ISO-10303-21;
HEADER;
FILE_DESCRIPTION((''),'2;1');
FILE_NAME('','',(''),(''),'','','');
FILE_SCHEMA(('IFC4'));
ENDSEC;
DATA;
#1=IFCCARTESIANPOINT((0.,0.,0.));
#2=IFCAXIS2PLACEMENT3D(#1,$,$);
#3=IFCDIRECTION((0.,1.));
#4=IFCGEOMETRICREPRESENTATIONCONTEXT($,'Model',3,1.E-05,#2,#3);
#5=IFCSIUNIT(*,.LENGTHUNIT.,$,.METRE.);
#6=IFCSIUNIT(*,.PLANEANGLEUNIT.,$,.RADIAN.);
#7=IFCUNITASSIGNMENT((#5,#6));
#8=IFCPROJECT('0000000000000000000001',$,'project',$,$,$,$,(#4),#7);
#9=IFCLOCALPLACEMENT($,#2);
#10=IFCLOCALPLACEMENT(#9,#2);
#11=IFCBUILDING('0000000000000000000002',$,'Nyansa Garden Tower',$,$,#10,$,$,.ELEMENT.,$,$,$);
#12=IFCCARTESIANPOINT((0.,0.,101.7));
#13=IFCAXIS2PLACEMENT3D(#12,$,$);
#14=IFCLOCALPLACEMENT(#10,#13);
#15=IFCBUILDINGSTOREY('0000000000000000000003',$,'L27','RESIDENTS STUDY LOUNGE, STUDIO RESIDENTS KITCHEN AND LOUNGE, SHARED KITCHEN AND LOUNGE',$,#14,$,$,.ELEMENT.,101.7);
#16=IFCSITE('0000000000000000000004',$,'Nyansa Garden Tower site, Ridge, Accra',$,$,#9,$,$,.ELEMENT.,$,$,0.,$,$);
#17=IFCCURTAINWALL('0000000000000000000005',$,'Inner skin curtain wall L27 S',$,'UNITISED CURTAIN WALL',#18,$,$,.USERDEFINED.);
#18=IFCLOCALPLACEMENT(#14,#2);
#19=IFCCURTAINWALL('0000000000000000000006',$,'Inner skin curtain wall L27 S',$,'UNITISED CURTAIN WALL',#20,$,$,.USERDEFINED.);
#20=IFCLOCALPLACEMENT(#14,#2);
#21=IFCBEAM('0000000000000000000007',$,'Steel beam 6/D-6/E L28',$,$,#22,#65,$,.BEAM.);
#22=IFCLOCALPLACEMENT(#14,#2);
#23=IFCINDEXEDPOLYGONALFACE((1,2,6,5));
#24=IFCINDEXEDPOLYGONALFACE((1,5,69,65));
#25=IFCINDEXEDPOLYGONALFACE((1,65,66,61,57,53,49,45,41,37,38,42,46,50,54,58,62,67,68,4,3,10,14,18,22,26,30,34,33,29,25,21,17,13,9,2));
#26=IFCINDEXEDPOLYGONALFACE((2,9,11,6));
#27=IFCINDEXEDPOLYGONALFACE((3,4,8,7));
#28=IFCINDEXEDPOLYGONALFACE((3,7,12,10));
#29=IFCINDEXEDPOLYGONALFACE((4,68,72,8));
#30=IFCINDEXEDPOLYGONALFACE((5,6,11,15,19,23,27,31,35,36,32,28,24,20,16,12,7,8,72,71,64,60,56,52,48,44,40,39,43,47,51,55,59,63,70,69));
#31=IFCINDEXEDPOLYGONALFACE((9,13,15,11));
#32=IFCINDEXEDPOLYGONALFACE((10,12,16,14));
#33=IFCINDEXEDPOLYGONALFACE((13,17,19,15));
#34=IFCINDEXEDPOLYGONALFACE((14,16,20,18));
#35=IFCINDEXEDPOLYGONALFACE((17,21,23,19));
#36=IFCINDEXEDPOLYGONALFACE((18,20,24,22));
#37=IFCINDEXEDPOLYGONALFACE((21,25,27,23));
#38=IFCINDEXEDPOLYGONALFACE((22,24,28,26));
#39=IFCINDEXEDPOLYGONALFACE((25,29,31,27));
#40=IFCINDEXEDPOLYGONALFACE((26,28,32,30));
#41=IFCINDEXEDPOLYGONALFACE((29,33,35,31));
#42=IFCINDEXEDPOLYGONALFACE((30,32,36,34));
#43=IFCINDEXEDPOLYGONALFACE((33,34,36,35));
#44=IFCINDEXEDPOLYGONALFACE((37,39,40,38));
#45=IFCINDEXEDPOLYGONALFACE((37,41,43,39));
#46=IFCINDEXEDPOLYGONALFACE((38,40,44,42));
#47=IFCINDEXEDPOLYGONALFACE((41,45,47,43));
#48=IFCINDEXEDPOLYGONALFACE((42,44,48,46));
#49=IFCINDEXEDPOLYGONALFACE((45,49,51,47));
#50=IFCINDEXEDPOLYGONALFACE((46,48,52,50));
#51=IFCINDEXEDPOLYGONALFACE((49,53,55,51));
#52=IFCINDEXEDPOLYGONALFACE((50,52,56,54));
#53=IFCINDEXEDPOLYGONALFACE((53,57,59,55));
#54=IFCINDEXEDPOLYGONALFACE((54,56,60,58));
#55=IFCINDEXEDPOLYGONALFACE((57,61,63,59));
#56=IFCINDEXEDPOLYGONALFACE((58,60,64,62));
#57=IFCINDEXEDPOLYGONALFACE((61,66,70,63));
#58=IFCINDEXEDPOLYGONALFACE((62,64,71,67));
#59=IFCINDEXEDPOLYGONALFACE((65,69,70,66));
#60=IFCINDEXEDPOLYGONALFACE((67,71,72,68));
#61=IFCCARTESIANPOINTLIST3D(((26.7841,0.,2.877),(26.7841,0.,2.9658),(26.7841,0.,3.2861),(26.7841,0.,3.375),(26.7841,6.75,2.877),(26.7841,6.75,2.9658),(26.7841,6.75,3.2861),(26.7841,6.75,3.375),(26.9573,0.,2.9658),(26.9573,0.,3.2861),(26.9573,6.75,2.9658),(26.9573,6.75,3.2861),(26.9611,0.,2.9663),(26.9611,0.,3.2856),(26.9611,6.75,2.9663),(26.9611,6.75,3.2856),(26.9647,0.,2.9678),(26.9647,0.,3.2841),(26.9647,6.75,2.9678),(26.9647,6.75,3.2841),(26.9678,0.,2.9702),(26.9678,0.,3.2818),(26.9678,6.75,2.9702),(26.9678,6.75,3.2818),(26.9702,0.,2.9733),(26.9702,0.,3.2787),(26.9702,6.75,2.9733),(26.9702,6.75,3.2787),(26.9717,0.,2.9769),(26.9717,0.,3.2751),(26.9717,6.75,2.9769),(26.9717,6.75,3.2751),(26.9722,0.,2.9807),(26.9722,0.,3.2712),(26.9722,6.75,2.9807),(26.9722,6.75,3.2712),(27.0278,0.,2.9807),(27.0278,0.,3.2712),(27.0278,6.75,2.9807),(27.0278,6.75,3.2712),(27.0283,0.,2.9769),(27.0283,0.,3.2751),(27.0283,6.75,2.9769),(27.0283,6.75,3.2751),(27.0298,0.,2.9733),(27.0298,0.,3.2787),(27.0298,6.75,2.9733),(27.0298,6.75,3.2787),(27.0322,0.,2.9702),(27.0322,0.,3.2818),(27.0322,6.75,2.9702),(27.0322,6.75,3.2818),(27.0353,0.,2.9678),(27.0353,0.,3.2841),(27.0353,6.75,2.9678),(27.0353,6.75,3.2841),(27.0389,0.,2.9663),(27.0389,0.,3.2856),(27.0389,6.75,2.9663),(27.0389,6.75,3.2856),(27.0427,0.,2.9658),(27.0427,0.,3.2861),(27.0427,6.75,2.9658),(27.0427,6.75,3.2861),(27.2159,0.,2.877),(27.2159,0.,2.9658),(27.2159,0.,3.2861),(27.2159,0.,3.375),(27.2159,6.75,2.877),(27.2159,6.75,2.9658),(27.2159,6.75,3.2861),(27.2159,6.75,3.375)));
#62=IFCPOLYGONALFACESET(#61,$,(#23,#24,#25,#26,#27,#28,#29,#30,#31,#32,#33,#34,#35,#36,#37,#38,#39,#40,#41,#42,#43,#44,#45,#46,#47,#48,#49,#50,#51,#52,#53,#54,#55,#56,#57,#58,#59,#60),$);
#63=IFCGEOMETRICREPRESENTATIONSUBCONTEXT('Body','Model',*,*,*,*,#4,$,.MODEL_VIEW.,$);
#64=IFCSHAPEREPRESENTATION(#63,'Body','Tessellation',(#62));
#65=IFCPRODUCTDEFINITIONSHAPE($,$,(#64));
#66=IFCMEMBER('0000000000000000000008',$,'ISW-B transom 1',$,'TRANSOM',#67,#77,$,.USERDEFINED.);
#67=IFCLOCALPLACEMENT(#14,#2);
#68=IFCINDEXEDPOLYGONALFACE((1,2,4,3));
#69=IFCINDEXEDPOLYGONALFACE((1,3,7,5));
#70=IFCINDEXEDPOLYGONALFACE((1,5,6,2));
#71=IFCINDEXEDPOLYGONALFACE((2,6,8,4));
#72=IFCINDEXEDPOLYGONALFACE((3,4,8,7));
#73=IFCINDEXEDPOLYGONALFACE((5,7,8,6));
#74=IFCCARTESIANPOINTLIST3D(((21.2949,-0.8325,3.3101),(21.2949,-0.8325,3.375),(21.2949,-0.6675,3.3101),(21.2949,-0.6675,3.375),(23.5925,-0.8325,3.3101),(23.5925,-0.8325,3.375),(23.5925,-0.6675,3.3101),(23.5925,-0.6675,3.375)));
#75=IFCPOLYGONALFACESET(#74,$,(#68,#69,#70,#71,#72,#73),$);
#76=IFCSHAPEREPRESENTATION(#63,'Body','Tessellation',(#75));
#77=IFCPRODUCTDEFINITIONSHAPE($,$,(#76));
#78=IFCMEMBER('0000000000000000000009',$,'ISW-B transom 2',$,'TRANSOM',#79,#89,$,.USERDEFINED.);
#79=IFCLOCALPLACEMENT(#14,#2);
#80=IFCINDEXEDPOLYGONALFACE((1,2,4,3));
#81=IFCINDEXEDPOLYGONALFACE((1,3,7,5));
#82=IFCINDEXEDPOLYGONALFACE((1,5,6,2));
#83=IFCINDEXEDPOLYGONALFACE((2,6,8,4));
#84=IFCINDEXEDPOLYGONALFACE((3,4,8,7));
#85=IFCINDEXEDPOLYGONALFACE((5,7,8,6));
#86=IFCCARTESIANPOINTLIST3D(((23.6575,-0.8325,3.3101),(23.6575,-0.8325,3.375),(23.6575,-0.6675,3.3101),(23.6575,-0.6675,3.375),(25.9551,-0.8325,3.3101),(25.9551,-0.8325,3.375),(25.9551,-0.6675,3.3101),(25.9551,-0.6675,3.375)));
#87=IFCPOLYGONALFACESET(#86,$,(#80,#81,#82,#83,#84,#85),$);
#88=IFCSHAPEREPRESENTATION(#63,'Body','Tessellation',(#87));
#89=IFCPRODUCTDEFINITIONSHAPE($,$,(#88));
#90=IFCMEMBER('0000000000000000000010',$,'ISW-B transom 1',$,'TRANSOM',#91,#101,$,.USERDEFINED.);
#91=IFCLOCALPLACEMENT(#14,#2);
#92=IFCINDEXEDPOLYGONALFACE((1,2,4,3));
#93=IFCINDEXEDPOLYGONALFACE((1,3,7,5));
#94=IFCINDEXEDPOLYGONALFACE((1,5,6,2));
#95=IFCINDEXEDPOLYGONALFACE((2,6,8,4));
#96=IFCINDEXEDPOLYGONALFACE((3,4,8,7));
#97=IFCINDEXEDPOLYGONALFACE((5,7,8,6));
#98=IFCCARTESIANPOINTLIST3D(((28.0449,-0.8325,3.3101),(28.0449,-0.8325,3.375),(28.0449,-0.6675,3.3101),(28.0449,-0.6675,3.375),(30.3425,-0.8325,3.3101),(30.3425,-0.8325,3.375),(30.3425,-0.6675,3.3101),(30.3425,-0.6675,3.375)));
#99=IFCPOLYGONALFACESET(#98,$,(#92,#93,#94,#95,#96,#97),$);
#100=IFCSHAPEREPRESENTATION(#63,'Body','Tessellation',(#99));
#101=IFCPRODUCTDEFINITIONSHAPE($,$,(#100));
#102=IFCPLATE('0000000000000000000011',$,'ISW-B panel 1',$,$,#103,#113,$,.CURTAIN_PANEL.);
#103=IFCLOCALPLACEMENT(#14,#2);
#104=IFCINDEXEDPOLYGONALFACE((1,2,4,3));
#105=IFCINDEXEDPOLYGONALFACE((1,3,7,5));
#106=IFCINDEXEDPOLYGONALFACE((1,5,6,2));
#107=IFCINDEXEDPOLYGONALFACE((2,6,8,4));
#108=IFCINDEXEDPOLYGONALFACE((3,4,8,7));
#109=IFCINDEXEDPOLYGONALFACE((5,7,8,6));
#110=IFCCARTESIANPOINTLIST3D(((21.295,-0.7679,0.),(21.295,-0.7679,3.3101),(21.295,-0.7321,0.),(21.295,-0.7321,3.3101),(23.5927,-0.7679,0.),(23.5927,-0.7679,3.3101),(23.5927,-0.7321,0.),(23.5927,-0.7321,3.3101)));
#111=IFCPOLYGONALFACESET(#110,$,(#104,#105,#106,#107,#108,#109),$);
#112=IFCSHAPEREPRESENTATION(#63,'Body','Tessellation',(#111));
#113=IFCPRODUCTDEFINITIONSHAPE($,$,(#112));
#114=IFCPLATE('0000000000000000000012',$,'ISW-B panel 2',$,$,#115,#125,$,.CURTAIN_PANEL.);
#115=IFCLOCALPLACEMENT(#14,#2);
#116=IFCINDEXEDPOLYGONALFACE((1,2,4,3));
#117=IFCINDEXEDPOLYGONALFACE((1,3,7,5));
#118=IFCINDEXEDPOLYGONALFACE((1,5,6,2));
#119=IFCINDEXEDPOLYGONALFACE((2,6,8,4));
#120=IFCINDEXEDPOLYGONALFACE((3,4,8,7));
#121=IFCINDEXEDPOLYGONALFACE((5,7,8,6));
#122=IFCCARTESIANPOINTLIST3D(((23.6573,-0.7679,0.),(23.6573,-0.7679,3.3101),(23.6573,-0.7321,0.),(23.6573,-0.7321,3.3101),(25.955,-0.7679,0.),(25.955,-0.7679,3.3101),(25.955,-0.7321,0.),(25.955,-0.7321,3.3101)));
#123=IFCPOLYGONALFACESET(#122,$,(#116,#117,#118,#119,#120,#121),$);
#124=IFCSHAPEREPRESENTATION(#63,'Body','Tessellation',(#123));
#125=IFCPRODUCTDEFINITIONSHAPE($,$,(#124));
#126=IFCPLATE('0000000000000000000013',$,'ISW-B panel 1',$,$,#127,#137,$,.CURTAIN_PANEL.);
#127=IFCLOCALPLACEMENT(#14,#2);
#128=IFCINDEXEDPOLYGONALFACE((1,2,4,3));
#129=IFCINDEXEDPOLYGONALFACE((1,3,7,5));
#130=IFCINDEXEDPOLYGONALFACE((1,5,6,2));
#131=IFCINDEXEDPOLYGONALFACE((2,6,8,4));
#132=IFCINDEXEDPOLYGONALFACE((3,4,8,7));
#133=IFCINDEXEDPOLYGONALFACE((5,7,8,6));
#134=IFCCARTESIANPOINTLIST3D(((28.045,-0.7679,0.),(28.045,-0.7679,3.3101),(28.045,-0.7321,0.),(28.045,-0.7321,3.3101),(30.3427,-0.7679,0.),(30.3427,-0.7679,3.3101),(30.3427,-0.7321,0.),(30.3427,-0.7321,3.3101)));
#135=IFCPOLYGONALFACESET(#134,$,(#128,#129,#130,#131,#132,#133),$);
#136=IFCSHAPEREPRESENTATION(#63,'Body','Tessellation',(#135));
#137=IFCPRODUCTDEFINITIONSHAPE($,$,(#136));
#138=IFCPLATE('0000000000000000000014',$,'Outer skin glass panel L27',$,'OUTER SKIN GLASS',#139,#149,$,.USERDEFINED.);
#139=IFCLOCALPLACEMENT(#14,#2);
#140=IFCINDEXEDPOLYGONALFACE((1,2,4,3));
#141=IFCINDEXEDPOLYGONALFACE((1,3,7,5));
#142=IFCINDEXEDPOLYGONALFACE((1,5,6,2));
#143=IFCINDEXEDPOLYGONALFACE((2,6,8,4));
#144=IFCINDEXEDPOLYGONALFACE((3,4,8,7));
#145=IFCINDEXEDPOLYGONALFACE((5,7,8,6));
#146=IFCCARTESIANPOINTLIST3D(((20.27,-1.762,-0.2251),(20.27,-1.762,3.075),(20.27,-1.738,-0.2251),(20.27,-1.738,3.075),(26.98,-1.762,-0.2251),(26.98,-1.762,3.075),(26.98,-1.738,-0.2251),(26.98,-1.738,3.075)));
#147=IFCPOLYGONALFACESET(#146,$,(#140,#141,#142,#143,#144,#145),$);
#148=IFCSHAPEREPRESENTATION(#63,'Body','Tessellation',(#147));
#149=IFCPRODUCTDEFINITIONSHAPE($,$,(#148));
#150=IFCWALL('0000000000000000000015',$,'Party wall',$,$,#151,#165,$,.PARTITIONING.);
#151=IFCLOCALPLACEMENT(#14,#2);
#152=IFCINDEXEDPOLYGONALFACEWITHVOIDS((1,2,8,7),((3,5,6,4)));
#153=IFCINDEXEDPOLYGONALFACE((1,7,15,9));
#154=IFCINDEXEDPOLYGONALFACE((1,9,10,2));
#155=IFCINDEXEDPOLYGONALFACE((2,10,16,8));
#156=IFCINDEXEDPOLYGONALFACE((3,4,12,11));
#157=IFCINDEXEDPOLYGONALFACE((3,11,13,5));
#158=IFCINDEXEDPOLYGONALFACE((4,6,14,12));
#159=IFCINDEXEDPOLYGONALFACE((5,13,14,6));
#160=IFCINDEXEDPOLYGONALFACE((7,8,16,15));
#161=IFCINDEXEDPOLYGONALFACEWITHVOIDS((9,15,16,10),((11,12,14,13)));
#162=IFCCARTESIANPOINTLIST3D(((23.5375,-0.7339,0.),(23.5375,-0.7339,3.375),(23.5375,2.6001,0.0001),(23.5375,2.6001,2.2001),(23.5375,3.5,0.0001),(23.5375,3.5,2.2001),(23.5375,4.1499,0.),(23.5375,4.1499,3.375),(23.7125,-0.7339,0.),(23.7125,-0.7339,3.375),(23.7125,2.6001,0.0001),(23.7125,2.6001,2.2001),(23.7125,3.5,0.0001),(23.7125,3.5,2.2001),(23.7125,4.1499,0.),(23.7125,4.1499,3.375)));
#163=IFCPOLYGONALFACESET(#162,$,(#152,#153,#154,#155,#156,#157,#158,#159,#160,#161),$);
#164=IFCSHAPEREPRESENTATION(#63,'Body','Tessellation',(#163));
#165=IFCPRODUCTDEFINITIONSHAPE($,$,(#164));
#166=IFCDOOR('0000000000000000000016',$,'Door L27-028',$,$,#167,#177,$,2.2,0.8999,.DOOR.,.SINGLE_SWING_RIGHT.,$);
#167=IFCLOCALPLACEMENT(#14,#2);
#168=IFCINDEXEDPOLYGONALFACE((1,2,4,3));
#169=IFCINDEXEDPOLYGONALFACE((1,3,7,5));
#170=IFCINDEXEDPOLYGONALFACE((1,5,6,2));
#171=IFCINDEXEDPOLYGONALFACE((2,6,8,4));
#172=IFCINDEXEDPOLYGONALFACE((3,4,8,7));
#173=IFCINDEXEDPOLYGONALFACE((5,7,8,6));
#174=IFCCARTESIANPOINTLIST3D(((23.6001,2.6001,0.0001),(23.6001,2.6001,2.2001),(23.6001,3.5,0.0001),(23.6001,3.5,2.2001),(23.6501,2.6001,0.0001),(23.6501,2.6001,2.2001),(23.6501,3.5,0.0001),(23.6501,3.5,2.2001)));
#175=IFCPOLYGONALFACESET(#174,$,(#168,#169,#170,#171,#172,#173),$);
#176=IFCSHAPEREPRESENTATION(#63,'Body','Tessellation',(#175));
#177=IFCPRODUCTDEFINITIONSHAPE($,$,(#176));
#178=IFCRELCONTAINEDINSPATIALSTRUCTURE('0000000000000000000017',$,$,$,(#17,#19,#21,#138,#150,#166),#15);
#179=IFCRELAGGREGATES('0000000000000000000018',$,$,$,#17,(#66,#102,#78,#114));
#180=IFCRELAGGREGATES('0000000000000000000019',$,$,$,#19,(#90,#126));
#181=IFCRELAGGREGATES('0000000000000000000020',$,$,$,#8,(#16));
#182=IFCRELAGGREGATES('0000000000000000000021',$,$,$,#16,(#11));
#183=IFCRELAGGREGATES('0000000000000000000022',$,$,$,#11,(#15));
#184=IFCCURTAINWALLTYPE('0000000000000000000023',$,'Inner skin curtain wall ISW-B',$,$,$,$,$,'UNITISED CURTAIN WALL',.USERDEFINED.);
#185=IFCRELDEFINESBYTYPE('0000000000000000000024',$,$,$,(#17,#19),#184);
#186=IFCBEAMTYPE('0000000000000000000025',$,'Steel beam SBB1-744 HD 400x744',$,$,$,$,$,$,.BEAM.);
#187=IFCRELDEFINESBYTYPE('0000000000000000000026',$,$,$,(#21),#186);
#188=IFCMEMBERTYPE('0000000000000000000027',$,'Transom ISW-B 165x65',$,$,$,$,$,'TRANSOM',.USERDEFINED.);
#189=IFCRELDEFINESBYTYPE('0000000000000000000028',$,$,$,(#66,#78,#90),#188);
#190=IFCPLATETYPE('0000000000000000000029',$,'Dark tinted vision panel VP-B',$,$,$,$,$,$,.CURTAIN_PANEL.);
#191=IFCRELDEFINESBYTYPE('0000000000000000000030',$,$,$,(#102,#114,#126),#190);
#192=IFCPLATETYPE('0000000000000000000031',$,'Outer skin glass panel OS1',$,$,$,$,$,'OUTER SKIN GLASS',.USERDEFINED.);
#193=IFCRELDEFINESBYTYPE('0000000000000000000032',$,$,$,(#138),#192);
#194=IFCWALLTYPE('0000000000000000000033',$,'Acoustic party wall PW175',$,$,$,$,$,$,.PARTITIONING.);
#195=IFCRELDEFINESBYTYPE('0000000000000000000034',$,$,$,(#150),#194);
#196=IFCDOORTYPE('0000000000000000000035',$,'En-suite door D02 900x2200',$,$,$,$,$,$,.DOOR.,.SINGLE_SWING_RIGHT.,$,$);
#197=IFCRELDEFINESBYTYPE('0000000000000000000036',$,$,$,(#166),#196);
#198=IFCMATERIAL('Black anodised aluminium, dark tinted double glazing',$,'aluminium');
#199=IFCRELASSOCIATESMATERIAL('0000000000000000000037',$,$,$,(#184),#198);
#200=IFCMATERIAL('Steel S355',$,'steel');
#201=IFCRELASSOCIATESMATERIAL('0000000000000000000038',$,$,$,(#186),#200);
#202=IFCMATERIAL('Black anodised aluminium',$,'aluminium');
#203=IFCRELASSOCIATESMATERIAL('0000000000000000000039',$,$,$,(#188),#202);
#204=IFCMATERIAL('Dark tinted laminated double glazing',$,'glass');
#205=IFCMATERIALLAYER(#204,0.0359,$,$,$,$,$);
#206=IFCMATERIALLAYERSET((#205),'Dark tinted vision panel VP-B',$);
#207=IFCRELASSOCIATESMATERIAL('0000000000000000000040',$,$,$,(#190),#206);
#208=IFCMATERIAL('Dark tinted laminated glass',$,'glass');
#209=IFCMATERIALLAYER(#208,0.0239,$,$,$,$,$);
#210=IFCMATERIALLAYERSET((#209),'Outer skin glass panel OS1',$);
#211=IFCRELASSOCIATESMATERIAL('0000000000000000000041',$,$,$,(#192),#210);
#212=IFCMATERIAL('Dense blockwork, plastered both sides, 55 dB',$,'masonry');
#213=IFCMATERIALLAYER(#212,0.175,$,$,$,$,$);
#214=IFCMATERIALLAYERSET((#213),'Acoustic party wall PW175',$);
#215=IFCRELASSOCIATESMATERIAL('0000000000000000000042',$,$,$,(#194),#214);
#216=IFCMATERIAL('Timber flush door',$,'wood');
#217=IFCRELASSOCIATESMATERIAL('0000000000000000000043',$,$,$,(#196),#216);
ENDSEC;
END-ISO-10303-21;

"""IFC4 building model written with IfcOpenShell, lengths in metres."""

from ifc_helpers import new_model, si_unit, direction, frame, frame_2d, origin, origin_2d, place, context, subcontext, project, spatial, rectangle, i_section, extrude, material, layer, layer_set, material_profile, profile_set, type_object, element, fill, aggregate, save


model = new_model("IFC4")

# Units and contexts
model_context = context("Model", 3, precision=1e-05, world=origin(), true_north=direction((0.0, 1.0)))
body_context = subcontext(model_context, "Body", "Model", "MODEL_VIEW")
ifc_project = project(units=[si_unit("LENGTHUNIT", "METRE"), si_unit("PLANEANGLEUNIT", "RADIAN")], contexts=[model_context])

# Site, building, storey
site_placement = place(None, origin())
site = spatial("IfcSite", under=ifc_project, at=site_placement, Name="Nyansa Garden Tower site, Ridge, Accra", CompositionType="ELEMENT", RefElevation=0.0)
building_placement = place(site_placement, origin())
building = spatial("IfcBuilding", under=site, at=building_placement, Name="Nyansa Garden Tower", CompositionType="ELEMENT")
storey_placement = place(building_placement, frame((0.0, 0.0, 101.7)))
storey = spatial("IfcBuildingStorey", under=building, at=storey_placement, Name="L27", Description="RESIDENTS STUDY LOUNGE, STUDIO RESIDENTS KITCHEN AND LOUNGE, SHARED KITCHEN AND LOUNGE", CompositionType="ELEMENT", Elevation=101.7)

# Curtain walls
ifc_material_1 = material(Name="Black anodised aluminium, dark tinted double glazing", Category="aluminium")
curtain_wall_type = type_object("IfcCurtainWallType", Name="Inner skin curtain wall ISW-B", ElementType="UNITISED CURTAIN WALL", PredefinedType="USERDEFINED", material=ifc_material_1)
curtain_wall_1_placement = place(storey_placement, origin())
curtain_wall_1 = element("IfcCurtainWall", 1, at=curtain_wall_1_placement, inside=storey, type_object=curtain_wall_type, Name="Inner skin curtain wall L27 S", ObjectType="UNITISED CURTAIN WALL", PredefinedType="USERDEFINED")
curtain_wall_2_placement = place(storey_placement, origin())
curtain_wall_2 = element("IfcCurtainWall", 2, at=curtain_wall_2_placement, inside=storey, type_object=curtain_wall_type, Name="Inner skin curtain wall L27 S", ObjectType="UNITISED CURTAIN WALL", PredefinedType="USERDEFINED")

# Beam
ifc_material_2 = material(Name="Steel S355", Category="steel")
ifc_material_profile_1 = material_profile(ifc_material_2, i_section(OverallWidth=0.4319, OverallDepth=0.498, WebThickness=0.0557, FlangeThickness=0.0889, FilletRadius=0.0149, at=origin_2d()), Name="HD 400x744")
ifc_profile_set_1 = profile_set([ifc_material_profile_1], Name="Steel S355")
beam_type_1 = type_object("IfcBeamType", Name="Steel beam SBB1-744 HD 400x744", PredefinedType="BEAM", material=ifc_profile_set_1)
beam_1_placement = place(storey_placement, frame((27.0, 0.0, 3.126), z_axis=(0.0, 1.0, 0.0), x_axis=(-1.0, 0.0, 0.0)))
element("IfcBeam", 3, at=beam_1_placement, inside=storey, type_object=beam_type_1, Name="Steel beam 6/D-6/E L28", PredefinedType="BEAM", context=body_context, shape_type="SweptSolid", body=[
    extrude(i_section(OverallWidth=0.4319, OverallDepth=0.498, WebThickness=0.0557, FlangeThickness=0.0889, FilletRadius=0.0149, at=origin_2d()), origin(), (0.0, 0.0, 1.0), 6.75),
])

# Members
ifc_material_3 = material(Name="Black anodised aluminium", Category="aluminium")
ifc_material_profile_2 = material_profile(ifc_material_3, rectangle(XDim=0.165, YDim=0.0649, at=origin_2d()), Name="Transom 165x65")
ifc_profile_set_2 = profile_set([ifc_material_profile_2], Name="Black anodised aluminium")
member_type_1 = type_object("IfcMemberType", Name="Transom ISW-B 165x65", ElementType="TRANSOM", PredefinedType="USERDEFINED", material=ifc_profile_set_2)
member_1_placement = place(storey_placement, frame((21.2949, -0.75, 3.3425), z_axis=(1.0, 0.0, 0.0), x_axis=(0.0, 1.0, 0.0)))
member_1 = element("IfcMember", 4, at=member_1_placement, type_object=member_type_1, Name="ISW-B transom 1", ObjectType="TRANSOM", PredefinedType="USERDEFINED", context=body_context, shape_type="SweptSolid", body=[
    extrude(rectangle(XDim=0.165, YDim=0.0649, at=origin_2d()), origin(), (0.0, 0.0, 1.0), 2.2976),
])
member_2_placement = place(storey_placement, frame((23.6575, -0.75, 3.3425), z_axis=(1.0, 0.0, 0.0), x_axis=(0.0, 1.0, 0.0)))
member_2 = element("IfcMember", 5, at=member_2_placement, type_object=member_type_1, Name="ISW-B transom 2", ObjectType="TRANSOM", PredefinedType="USERDEFINED", context=body_context, shape_type="SweptSolid", body=[
    extrude(rectangle(XDim=0.165, YDim=0.0649, at=origin_2d()), origin(), (0.0, 0.0, 1.0), 2.2976),
])
member_3_placement = place(storey_placement, frame((28.0449, -0.75, 3.3425), z_axis=(1.0, 0.0, 0.0), x_axis=(0.0, 1.0, 0.0)))
member_3 = element("IfcMember", 6, at=member_3_placement, type_object=member_type_1, Name="ISW-B transom 1", ObjectType="TRANSOM", PredefinedType="USERDEFINED", context=body_context, shape_type="SweptSolid", body=[
    extrude(rectangle(XDim=0.165, YDim=0.0649, at=origin_2d()), origin(), (0.0, 0.0, 1.0), 2.2976),
])

# Plates
ifc_material_4 = material(Name="Dark tinted laminated double glazing", Category="glass")
ifc_layer_1 = layer(ifc_material_4, 0.0359)
ifc_layer_set_1 = layer_set([ifc_layer_1], Name="Dark tinted vision panel VP-B")
plate_type_1 = type_object("IfcPlateType", Name="Dark tinted vision panel VP-B", PredefinedType="CURTAIN_PANEL", material=ifc_layer_set_1)
plate_1_placement = place(storey_placement, frame((22.4438, -0.75, 0.0), z_axis=(0.0, 0.0, 1.0), x_axis=(1.0, 0.0, 0.0)))
plate_1 = element("IfcPlate", 7, at=plate_1_placement, type_object=plate_type_1, Name="ISW-B panel 1", PredefinedType="CURTAIN_PANEL", context=body_context, shape_type="SweptSolid", body=[
    extrude(rectangle(XDim=2.2976, YDim=0.0359, at=origin_2d()), origin(), (0.0, 0.0, 1.0), 3.3101),
])
plate_2_placement = place(storey_placement, frame((24.8062, -0.75, 0.0), z_axis=(0.0, 0.0, 1.0), x_axis=(1.0, 0.0, 0.0)))
plate_2 = element("IfcPlate", 8, at=plate_2_placement, type_object=plate_type_1, Name="ISW-B panel 2", PredefinedType="CURTAIN_PANEL", context=body_context, shape_type="SweptSolid", body=[
    extrude(rectangle(XDim=2.2976, YDim=0.0359, at=origin_2d()), origin(), (0.0, 0.0, 1.0), 3.3101),
])
aggregate(curtain_wall_1, [member_1, plate_1, member_2, plate_2])
plate_3_placement = place(storey_placement, frame((29.1938, -0.75, 0.0), z_axis=(0.0, 0.0, 1.0), x_axis=(1.0, 0.0, 0.0)))
plate_3 = element("IfcPlate", 9, at=plate_3_placement, type_object=plate_type_1, Name="ISW-B panel 1", PredefinedType="CURTAIN_PANEL", context=body_context, shape_type="SweptSolid", body=[
    extrude(rectangle(XDim=2.2976, YDim=0.0359, at=origin_2d()), origin(), (0.0, 0.0, 1.0), 3.3101),
])
aggregate(curtain_wall_2, [member_3, plate_3])
ifc_material_5 = material(Name="Dark tinted laminated glass", Category="glass")
ifc_layer_2 = layer(ifc_material_5, 0.0239)
ifc_layer_set_2 = layer_set([ifc_layer_2], Name="Outer skin glass panel OS1")
plate_type_2 = type_object("IfcPlateType", Name="Outer skin glass panel OS1", ElementType="OUTER SKIN GLASS", PredefinedType="USERDEFINED", material=ifc_layer_set_2)
plate_4_placement = place(storey_placement, frame((23.625, -1.75, -0.2251), z_axis=(0.0, 0.0, 1.0), x_axis=(1.0, 0.0, 0.0)))
element("IfcPlate", 10, at=plate_4_placement, inside=storey, type_object=plate_type_2, Name="Outer skin glass panel L27", ObjectType="OUTER SKIN GLASS", PredefinedType="USERDEFINED", context=body_context, shape_type="SweptSolid", body=[
    extrude(rectangle(XDim=6.71, YDim=0.0239, at=origin_2d()), origin(), (0.0, 0.0, 1.0), 3.3),
])

# Wall, opening, door
ifc_material_6 = material(Name="Dense blockwork, plastered both sides, 55 dB", Category="masonry")
ifc_layer_3 = layer(ifc_material_6, 0.175)
ifc_layer_set_3 = layer_set([ifc_layer_3], Name="Acoustic party wall PW175")
wall_type_1 = type_object("IfcWallType", Name="Acoustic party wall PW175", PredefinedType="PARTITIONING", material=ifc_layer_set_3)
wall_1_placement = place(storey_placement, frame((23.625, -0.7339, 0.0), z_axis=(0.0, 0.0, 1.0), x_axis=(0.0, 1.0, 0.0)))
wall_1 = element("IfcWall", 11, at=wall_1_placement, inside=storey, type_object=wall_type_1, Name="Party wall", PredefinedType="PARTITIONING", context=body_context, shape_type="SweptSolid", body=[
    extrude(rectangle(XDim=4.8838, YDim=0.175, at=frame_2d((2.4419, 0.0))), origin(), (0.0, 0.0, 1.0), 3.375),
])
opening_1_placement = place(wall_1_placement, frame((3.334, 0.0, 0.0)))
opening_1 = element("IfcOpeningElement", 12, at=opening_1_placement, cuts=wall_1, PredefinedType="OPENING", context=body_context, shape_type="SweptSolid", body=[
    extrude(rectangle(XDim=0.8999, YDim=2.2, at=frame_2d((0.45, 1.1001))), frame((0.0, 0.0974, 0.0), z_axis=(0.0, -1.0, 0.0), x_axis=(1.0, 0.0, 0.0)), (0.0, 0.0, 1.0), 0.1951),
])
ifc_material_7 = material(Name="Timber flush door", Category="wood")
door_type_1 = type_object("IfcDoorType", Name="En-suite door D02 900x2200", OperationType="SINGLE_SWING_RIGHT", PredefinedType="DOOR", material=ifc_material_7)
door_1_placement = place(opening_1_placement, origin())
door_1 = element("IfcDoor", 13, at=door_1_placement, inside=storey, type_object=door_type_1, Name="Door L27-028", OperationType="SINGLE_SWING_RIGHT", OverallHeight=2.2, OverallWidth=0.8999, PredefinedType="DOOR", context=body_context, shape_type="SweptSolid", body=[
    extrude(rectangle(XDim=0.8999, YDim=2.2, at=frame_2d((0.45, 1.1001))), frame((0.0, 0.0249, 0.0), z_axis=(0.0, -1.0, 0.0), x_axis=(1.0, 0.0, 0.0)), (0.0, 0.0, 1.0), 0.05),
])
fill(opening_1, door_1)

save(model, "model.ifc")
